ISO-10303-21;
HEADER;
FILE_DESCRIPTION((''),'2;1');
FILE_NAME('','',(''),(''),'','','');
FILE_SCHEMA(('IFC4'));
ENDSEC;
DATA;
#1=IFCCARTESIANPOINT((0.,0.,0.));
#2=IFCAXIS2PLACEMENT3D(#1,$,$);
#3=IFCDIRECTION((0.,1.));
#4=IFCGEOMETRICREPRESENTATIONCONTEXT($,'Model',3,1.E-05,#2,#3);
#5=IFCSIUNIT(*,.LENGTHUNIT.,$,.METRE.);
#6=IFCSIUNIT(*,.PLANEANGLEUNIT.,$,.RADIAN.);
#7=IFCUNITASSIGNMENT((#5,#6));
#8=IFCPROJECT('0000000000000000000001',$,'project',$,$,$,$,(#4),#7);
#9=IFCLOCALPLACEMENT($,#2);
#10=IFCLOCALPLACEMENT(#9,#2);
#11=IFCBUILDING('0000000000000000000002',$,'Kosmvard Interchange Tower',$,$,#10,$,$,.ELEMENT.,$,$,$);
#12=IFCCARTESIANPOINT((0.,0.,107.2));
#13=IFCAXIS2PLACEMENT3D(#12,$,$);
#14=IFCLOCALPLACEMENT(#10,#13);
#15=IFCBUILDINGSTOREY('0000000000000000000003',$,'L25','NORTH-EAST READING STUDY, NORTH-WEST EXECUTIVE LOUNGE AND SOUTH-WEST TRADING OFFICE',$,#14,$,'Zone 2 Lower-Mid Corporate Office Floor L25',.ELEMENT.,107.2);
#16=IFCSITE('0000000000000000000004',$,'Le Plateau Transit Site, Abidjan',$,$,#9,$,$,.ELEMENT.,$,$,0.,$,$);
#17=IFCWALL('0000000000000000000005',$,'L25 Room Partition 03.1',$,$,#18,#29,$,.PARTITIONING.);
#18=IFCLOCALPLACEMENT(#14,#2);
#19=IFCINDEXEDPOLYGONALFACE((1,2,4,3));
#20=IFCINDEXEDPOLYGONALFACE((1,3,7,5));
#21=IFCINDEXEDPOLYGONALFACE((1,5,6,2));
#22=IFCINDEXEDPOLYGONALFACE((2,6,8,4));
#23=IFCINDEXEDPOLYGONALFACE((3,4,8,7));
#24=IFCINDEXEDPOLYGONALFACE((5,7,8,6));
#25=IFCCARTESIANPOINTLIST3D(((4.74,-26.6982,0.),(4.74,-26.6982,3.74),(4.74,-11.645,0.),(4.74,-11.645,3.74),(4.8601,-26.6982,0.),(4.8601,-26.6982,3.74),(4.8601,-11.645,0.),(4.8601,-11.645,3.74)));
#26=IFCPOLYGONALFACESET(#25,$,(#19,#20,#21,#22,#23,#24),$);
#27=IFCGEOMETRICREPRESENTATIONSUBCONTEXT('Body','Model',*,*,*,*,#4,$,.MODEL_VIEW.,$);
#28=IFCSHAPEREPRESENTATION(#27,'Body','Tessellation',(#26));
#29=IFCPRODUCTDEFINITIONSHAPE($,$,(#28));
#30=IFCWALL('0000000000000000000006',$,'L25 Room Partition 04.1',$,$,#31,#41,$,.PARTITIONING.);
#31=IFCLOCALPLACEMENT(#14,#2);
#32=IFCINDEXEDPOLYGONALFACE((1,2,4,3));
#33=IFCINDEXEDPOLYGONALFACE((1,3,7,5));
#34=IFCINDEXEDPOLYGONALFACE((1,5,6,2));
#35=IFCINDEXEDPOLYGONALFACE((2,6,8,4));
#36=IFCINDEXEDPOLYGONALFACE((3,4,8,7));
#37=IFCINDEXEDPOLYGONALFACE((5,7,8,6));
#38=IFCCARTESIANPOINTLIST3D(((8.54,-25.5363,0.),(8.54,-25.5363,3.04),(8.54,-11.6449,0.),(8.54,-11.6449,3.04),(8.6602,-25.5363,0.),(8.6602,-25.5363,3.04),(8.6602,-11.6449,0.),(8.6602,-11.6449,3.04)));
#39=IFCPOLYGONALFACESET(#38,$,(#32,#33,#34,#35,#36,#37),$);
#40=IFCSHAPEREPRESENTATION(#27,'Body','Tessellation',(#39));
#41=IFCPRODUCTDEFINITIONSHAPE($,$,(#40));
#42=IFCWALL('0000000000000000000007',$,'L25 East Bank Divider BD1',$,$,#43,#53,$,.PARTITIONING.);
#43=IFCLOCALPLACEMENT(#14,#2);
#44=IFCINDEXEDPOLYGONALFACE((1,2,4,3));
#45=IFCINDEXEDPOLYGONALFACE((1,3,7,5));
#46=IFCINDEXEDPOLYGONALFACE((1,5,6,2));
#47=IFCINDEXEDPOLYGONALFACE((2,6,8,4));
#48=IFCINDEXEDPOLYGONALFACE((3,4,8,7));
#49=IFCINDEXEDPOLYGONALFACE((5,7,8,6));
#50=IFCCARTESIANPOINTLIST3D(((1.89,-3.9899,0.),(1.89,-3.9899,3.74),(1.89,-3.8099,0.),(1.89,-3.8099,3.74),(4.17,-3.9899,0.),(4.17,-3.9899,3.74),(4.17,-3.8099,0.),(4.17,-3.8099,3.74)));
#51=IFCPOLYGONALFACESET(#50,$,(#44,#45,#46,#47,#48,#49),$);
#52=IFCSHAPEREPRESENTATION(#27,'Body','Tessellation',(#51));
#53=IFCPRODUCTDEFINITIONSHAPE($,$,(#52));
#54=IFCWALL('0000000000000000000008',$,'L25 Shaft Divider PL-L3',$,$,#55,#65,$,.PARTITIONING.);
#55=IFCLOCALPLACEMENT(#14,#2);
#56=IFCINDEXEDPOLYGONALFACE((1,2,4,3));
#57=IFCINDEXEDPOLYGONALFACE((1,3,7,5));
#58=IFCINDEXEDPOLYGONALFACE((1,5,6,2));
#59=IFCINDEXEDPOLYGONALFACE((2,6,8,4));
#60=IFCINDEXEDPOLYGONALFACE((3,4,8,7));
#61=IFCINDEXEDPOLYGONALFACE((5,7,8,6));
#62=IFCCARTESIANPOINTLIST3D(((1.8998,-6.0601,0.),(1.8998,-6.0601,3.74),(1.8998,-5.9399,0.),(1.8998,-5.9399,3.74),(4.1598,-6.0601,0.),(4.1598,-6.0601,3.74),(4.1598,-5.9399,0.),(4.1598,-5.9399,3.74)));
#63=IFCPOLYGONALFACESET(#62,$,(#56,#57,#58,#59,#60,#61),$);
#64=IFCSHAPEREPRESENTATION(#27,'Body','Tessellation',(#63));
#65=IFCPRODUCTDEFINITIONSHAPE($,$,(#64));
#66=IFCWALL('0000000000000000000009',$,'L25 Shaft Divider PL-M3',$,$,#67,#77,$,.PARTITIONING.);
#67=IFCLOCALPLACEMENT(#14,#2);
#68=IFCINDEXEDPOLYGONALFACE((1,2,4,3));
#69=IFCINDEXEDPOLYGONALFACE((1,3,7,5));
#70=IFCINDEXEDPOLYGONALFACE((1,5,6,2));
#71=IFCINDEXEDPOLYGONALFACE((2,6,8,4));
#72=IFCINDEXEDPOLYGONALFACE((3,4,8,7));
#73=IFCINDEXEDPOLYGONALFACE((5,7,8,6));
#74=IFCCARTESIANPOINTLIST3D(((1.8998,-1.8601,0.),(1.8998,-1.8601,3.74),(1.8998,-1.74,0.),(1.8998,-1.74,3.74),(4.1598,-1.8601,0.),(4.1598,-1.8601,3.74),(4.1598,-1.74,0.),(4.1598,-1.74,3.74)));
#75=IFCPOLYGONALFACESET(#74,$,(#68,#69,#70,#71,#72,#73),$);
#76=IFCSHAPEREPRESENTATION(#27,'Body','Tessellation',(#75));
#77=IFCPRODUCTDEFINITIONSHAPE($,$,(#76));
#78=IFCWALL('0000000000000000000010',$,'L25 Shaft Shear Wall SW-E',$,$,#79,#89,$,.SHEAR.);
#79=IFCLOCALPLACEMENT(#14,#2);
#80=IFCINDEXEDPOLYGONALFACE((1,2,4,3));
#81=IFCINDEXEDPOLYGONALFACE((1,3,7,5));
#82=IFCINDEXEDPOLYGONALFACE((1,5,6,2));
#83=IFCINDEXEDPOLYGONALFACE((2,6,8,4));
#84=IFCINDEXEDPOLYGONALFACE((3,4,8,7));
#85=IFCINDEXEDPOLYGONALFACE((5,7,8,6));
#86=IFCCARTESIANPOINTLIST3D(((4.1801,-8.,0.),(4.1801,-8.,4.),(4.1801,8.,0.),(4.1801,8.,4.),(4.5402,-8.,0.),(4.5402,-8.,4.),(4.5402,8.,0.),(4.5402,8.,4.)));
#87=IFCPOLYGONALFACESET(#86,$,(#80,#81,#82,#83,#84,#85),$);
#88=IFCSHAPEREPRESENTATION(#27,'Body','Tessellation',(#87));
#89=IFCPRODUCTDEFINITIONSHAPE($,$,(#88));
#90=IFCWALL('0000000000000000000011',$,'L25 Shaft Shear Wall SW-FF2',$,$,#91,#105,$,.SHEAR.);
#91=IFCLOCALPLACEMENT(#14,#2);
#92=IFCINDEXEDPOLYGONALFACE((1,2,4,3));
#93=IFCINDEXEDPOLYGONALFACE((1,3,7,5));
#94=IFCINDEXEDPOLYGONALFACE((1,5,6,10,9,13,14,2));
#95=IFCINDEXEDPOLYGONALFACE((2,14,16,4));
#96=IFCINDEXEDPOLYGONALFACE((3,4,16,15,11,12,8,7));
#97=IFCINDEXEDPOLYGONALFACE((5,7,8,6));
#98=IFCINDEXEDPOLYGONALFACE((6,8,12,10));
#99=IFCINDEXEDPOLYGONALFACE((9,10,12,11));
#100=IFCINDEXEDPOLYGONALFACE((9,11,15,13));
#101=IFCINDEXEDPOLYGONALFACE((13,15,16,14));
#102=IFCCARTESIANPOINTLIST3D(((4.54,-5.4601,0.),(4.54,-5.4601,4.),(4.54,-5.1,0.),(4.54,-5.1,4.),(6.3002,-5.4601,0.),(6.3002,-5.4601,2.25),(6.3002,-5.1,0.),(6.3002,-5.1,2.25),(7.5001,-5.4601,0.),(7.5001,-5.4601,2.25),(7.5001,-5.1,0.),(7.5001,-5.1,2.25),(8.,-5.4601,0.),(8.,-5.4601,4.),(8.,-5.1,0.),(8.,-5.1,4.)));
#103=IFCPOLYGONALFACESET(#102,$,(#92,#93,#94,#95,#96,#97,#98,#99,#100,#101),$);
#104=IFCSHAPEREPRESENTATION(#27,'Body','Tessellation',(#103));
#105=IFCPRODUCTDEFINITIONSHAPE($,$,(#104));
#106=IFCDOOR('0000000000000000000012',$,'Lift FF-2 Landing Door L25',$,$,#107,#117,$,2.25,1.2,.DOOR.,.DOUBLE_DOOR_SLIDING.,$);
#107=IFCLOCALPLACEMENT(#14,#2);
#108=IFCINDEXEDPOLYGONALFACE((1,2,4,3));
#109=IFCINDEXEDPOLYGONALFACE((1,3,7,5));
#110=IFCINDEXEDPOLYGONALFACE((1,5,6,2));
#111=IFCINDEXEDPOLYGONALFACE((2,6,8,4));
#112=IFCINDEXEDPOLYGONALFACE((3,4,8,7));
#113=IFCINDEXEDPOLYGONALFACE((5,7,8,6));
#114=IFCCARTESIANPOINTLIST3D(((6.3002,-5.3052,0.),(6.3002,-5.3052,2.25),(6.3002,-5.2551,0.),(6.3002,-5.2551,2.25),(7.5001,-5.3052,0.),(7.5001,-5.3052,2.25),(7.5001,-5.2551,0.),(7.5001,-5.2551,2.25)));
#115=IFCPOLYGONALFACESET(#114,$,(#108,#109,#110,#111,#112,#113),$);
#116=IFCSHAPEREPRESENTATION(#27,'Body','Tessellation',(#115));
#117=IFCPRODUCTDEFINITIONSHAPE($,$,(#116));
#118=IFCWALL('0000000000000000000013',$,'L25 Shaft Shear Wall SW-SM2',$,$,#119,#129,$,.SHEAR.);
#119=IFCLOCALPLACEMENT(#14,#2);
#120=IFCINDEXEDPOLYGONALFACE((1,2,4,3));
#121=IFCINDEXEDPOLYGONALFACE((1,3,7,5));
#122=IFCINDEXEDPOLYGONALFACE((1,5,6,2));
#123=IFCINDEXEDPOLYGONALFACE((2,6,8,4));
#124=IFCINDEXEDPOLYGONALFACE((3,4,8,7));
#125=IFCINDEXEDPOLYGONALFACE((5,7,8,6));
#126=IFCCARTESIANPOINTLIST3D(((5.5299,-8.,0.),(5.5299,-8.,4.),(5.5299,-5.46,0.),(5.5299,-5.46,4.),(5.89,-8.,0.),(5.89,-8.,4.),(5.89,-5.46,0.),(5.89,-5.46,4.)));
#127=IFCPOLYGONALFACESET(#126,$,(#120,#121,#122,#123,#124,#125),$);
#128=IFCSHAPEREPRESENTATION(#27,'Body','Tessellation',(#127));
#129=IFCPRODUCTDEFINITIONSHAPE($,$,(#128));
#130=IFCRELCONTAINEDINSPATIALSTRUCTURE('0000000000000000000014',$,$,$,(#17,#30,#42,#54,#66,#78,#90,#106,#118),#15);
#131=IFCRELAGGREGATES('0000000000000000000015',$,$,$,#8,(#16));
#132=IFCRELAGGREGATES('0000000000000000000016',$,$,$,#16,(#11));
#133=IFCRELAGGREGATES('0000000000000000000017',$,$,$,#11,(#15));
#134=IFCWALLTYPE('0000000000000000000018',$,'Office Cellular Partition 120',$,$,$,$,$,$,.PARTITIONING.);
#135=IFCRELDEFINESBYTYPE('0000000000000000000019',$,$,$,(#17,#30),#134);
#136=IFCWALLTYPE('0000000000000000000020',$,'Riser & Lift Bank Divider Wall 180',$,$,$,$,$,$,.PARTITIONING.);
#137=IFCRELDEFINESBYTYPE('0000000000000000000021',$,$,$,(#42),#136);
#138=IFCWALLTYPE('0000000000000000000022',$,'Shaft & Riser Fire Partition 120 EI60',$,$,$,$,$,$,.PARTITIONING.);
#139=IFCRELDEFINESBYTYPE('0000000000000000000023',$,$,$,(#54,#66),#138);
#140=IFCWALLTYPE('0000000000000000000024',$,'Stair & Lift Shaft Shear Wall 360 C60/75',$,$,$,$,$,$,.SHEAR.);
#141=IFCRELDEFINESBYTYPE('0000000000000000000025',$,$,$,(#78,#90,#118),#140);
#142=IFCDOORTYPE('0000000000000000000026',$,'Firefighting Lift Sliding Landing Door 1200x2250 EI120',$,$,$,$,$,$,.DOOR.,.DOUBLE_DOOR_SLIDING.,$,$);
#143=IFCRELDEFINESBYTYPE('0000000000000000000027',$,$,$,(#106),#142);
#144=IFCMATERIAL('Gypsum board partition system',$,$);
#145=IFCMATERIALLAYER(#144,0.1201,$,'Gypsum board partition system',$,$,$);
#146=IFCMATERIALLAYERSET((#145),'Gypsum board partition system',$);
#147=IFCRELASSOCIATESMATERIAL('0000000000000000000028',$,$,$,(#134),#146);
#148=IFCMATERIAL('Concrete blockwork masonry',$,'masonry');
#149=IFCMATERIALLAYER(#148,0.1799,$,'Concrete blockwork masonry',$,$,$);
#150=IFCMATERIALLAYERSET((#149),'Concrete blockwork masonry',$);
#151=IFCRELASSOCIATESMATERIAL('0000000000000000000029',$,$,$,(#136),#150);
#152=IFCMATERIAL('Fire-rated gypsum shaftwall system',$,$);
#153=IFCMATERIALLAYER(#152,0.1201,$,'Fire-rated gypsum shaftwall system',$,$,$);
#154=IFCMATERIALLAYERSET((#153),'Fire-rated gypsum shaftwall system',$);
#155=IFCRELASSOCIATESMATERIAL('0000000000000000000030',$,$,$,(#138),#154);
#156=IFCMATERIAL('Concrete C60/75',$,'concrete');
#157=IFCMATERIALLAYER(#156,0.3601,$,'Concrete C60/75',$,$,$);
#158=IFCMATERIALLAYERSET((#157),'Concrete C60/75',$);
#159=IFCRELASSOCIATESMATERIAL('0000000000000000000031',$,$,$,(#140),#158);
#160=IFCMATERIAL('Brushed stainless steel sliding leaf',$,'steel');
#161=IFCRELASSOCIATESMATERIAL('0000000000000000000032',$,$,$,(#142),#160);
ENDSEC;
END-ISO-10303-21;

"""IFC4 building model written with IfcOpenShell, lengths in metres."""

from ifc_helpers import new_model, si_unit, direction, frame, frame_2d, origin, place, context, subcontext, project, spatial, rectangle, extrude, source, transform, mapped, material, layer, layer_set, type_object, element, fill, save


model = new_model("IFC4")

# Units and contexts
model_context = context("Model", 3, precision=1e-05, world=origin(), true_north=direction((0.0, 1.0)))
body_context = subcontext(model_context, "Body", "Model", "MODEL_VIEW")
ifc_project = project(units=[si_unit("LENGTHUNIT", "METRE"), si_unit("PLANEANGLEUNIT", "RADIAN")], contexts=[model_context])

# Site, building, storey
site_placement = place(None, origin())
site = spatial("IfcSite", under=ifc_project, at=site_placement, Name="Le Plateau Transit Site, Abidjan", CompositionType="ELEMENT", RefElevation=0.0)
building_placement = place(site_placement, origin())
building = spatial("IfcBuilding", under=site, at=building_placement, Name="Kosmvard Interchange Tower", CompositionType="ELEMENT")
storey_placement = place(building_placement, frame((0.0, 0.0, 107.2)))
storey = spatial("IfcBuildingStorey", under=building, at=storey_placement, Name="L25", Description="NORTH-EAST READING STUDY, NORTH-WEST EXECUTIVE LOUNGE AND SOUTH-WEST TRADING OFFICE", LongName="Zone 2 Lower-Mid Corporate Office Floor L25", CompositionType="ELEMENT", Elevation=107.2)

# Shared definitions
ifc_material_1 = material(Name="Concrete C60/75", Category="concrete")

# Shared definitions
ifc_material_2 = material(Name="Brushed stainless steel sliding leaf", Category="steel")

# Walls
ifc_material_3 = material(Name="Gypsum board partition system")
ifc_layer_1 = layer(ifc_material_3, 0.1201, Name="Gypsum board partition system")
ifc_layer_set_1 = layer_set([ifc_layer_1], Name="Gypsum board partition system")
wall_type_1 = type_object("IfcWallType", Name="Office Cellular Partition 120", PredefinedType="PARTITIONING", material=ifc_layer_set_1)
wall_1_placement = place(storey_placement, frame((4.8, -26.6982, 0.0), z_axis=(0.0, 0.0, 1.0), x_axis=(0.0, 1.0, 0.0)))
element("IfcWall", 1, at=wall_1_placement, inside=storey, type_object=wall_type_1, Name="L25 Room Partition 03.1", PredefinedType="PARTITIONING", context=body_context, shape_type="SweptSolid", body=[
    extrude(rectangle(XDim=15.0532, YDim=0.1201, at=frame_2d((7.5266, 0.0))), origin(), (0.0, 0.0, 1.0), 3.74),
])
wall_2_placement = place(storey_placement, frame((8.6001, -25.5364, 0.0), z_axis=(0.0, 0.0, 1.0), x_axis=(0.0, 1.0, 0.0)))
element("IfcWall", 2, at=wall_2_placement, inside=storey, type_object=wall_type_1, Name="L25 Room Partition 04.1", PredefinedType="PARTITIONING", context=body_context, shape_type="SweptSolid", body=[
    extrude(rectangle(XDim=13.8914, YDim=0.1201, at=frame_2d((6.9458, 0.0))), origin(), (0.0, 0.0, 1.0), 3.04),
])
ifc_material_4 = material(Name="Concrete blockwork masonry", Category="masonry")
ifc_layer_2 = layer(ifc_material_4, 0.1799, Name="Concrete blockwork masonry")
ifc_layer_set_2 = layer_set([ifc_layer_2], Name="Concrete blockwork masonry")
wall_type_2 = type_object("IfcWallType", Name="Riser & Lift Bank Divider Wall 180", PredefinedType="PARTITIONING", material=ifc_layer_set_2)
wall_3_placement = place(storey_placement, frame((1.8899, -3.8999, 0.0), z_axis=(0.0, 0.0, 1.0), x_axis=(1.0, 0.0, 0.0)))
element("IfcWall", 3, at=wall_3_placement, inside=storey, type_object=wall_type_2, Name="L25 East Bank Divider BD1", PredefinedType="PARTITIONING", context=body_context, shape_type="SweptSolid", body=[
    extrude(rectangle(XDim=2.28, YDim=0.1799, at=frame_2d((1.1401, 0.0))), origin(), (0.0, 0.0, 1.0), 3.74),
])
ifc_material_5 = material(Name="Fire-rated gypsum shaftwall system")
ifc_layer_3 = layer(ifc_material_5, 0.1201, Name="Fire-rated gypsum shaftwall system")
ifc_layer_set_3 = layer_set([ifc_layer_3], Name="Fire-rated gypsum shaftwall system")
wall_type_3 = type_object("IfcWallType", Name="Shaft & Riser Fire Partition 120 EI60", PredefinedType="PARTITIONING", material=ifc_layer_set_3)
for number, where, z_axis, x_axis, name in (
    (4, (1.8999, -6.0, 0.0), (0.0, 0.0, 1.0), (1.0, 0.0, 0.0), "L25 Shaft Divider PL-L3"),
    (5, (1.8999, -1.8, 0.0), (0.0, 0.0, 1.0), (1.0, 0.0, 0.0), "L25 Shaft Divider PL-M3"),
):
    element("IfcWall", number, at=place(storey_placement, frame(where, z_axis=z_axis, x_axis=x_axis)), inside=storey, type_object=wall_type_3, Name=name, PredefinedType="PARTITIONING", context=body_context, shape_type="SweptSolid", body=[
        extrude(rectangle(XDim=2.26, YDim=0.1201, at=frame_2d((1.1299, 0.0))), origin(), (0.0, 0.0, 1.0), 3.74),
    ])
ifc_layer_4 = layer(ifc_material_1, 0.3601, Name="Concrete C60/75")
ifc_layer_set_4 = layer_set([ifc_layer_4], Name="Concrete C60/75")
wall_type_4 = type_object("IfcWallType", Name="Stair & Lift Shaft Shear Wall 360 C60/75", PredefinedType="SHEAR", material=ifc_layer_set_4)
wall_4_placement = place(storey_placement, frame((4.3601, -8.0, 0.0), z_axis=(0.0, 0.0, 1.0), x_axis=(0.0, 1.0, 0.0)))
element("IfcWall", 6, at=wall_4_placement, inside=storey, type_object=wall_type_4, Name="L25 Shaft Shear Wall SW-E", PredefinedType="SHEAR", context=body_context, shape_type="SweptSolid", body=[
    extrude(rectangle(XDim=16.0, YDim=0.3601, at=frame_2d((8.0, 0.0))), origin(), (0.0, 0.0, 1.0), 4.0),
])

# Wall, opening, door
wall_5_placement = place(storey_placement, frame((4.54, -5.28, 0.0), z_axis=(0.0, 0.0, 1.0), x_axis=(1.0, 0.0, 0.0)))
wall_5 = element("IfcWall", 7, at=wall_5_placement, inside=storey, type_object=wall_type_4, Name="L25 Shaft Shear Wall SW-FF2", PredefinedType="SHEAR", context=body_context, shape_type="SweptSolid", body=[
    extrude(rectangle(XDim=3.46, YDim=0.3601, at=frame_2d((1.73, 0.0))), origin(), (0.0, 0.0, 1.0), 4.0),
])
opening_1_placement = place(wall_5_placement, frame((1.76, 0.0, 0.0)))
opening_1 = element("IfcOpeningElement", 8, at=opening_1_placement, cuts=wall_5, PredefinedType="OPENING", context=body_context, shape_type="SweptSolid", body=[
    extrude(rectangle(XDim=1.2, YDim=2.25, at=frame_2d((0.6001, 1.125))), frame((0.0, 0.1899, 0.0), z_axis=(0.0, -1.0, 0.0), x_axis=(1.0, 0.0, 0.0)), (0.0, 0.0, 1.0), 0.3801),
])
door_type_1 = type_object("IfcDoorType", Name="Firefighting Lift Sliding Landing Door 1200x2250 EI120", OperationType="DOUBLE_DOOR_SLIDING", PredefinedType="DOOR", material=ifc_material_2)
shared_shape_1 = source(origin(), body_context, "Body", "SweptSolid", [
    extrude(rectangle(XDim=1.2, YDim=2.25, at=frame_2d((0.6001, 1.125))), frame((0.0, 0.0249, 0.0), z_axis=(0.0, -1.0, 0.0), x_axis=(1.0, 0.0, 0.0)), (0.0, 0.0, 1.0), 0.05),
])
door_1_placement = place(opening_1_placement, origin())
door_1 = element("IfcDoor", 9, at=door_1_placement, inside=storey, type_object=door_type_1, Name="Lift FF-2 Landing Door L25", OperationType="DOUBLE_DOOR_SLIDING", OverallHeight=2.25, OverallWidth=1.2, PredefinedType="DOOR", context=body_context, shape_type="MappedRepresentation", body=[
    mapped(shared_shape_1, transform((0.0, 0.0, 0.0), scale=1.0)),
])
fill(opening_1, door_1)

# Wall
wall_6_placement = place(storey_placement, frame((5.71, -8.0, 0.0), z_axis=(0.0, 0.0, 1.0), x_axis=(0.0, 1.0, 0.0)))
element("IfcWall", 10, at=wall_6_placement, inside=storey, type_object=wall_type_4, Name="L25 Shaft Shear Wall SW-SM2", PredefinedType="SHEAR", context=body_context, shape_type="SweptSolid", body=[
    extrude(rectangle(XDim=2.54, YDim=0.3601, at=frame_2d((1.27, 0.0))), origin(), (0.0, 0.0, 1.0), 4.0),
])

save(model, "model.ifc")
